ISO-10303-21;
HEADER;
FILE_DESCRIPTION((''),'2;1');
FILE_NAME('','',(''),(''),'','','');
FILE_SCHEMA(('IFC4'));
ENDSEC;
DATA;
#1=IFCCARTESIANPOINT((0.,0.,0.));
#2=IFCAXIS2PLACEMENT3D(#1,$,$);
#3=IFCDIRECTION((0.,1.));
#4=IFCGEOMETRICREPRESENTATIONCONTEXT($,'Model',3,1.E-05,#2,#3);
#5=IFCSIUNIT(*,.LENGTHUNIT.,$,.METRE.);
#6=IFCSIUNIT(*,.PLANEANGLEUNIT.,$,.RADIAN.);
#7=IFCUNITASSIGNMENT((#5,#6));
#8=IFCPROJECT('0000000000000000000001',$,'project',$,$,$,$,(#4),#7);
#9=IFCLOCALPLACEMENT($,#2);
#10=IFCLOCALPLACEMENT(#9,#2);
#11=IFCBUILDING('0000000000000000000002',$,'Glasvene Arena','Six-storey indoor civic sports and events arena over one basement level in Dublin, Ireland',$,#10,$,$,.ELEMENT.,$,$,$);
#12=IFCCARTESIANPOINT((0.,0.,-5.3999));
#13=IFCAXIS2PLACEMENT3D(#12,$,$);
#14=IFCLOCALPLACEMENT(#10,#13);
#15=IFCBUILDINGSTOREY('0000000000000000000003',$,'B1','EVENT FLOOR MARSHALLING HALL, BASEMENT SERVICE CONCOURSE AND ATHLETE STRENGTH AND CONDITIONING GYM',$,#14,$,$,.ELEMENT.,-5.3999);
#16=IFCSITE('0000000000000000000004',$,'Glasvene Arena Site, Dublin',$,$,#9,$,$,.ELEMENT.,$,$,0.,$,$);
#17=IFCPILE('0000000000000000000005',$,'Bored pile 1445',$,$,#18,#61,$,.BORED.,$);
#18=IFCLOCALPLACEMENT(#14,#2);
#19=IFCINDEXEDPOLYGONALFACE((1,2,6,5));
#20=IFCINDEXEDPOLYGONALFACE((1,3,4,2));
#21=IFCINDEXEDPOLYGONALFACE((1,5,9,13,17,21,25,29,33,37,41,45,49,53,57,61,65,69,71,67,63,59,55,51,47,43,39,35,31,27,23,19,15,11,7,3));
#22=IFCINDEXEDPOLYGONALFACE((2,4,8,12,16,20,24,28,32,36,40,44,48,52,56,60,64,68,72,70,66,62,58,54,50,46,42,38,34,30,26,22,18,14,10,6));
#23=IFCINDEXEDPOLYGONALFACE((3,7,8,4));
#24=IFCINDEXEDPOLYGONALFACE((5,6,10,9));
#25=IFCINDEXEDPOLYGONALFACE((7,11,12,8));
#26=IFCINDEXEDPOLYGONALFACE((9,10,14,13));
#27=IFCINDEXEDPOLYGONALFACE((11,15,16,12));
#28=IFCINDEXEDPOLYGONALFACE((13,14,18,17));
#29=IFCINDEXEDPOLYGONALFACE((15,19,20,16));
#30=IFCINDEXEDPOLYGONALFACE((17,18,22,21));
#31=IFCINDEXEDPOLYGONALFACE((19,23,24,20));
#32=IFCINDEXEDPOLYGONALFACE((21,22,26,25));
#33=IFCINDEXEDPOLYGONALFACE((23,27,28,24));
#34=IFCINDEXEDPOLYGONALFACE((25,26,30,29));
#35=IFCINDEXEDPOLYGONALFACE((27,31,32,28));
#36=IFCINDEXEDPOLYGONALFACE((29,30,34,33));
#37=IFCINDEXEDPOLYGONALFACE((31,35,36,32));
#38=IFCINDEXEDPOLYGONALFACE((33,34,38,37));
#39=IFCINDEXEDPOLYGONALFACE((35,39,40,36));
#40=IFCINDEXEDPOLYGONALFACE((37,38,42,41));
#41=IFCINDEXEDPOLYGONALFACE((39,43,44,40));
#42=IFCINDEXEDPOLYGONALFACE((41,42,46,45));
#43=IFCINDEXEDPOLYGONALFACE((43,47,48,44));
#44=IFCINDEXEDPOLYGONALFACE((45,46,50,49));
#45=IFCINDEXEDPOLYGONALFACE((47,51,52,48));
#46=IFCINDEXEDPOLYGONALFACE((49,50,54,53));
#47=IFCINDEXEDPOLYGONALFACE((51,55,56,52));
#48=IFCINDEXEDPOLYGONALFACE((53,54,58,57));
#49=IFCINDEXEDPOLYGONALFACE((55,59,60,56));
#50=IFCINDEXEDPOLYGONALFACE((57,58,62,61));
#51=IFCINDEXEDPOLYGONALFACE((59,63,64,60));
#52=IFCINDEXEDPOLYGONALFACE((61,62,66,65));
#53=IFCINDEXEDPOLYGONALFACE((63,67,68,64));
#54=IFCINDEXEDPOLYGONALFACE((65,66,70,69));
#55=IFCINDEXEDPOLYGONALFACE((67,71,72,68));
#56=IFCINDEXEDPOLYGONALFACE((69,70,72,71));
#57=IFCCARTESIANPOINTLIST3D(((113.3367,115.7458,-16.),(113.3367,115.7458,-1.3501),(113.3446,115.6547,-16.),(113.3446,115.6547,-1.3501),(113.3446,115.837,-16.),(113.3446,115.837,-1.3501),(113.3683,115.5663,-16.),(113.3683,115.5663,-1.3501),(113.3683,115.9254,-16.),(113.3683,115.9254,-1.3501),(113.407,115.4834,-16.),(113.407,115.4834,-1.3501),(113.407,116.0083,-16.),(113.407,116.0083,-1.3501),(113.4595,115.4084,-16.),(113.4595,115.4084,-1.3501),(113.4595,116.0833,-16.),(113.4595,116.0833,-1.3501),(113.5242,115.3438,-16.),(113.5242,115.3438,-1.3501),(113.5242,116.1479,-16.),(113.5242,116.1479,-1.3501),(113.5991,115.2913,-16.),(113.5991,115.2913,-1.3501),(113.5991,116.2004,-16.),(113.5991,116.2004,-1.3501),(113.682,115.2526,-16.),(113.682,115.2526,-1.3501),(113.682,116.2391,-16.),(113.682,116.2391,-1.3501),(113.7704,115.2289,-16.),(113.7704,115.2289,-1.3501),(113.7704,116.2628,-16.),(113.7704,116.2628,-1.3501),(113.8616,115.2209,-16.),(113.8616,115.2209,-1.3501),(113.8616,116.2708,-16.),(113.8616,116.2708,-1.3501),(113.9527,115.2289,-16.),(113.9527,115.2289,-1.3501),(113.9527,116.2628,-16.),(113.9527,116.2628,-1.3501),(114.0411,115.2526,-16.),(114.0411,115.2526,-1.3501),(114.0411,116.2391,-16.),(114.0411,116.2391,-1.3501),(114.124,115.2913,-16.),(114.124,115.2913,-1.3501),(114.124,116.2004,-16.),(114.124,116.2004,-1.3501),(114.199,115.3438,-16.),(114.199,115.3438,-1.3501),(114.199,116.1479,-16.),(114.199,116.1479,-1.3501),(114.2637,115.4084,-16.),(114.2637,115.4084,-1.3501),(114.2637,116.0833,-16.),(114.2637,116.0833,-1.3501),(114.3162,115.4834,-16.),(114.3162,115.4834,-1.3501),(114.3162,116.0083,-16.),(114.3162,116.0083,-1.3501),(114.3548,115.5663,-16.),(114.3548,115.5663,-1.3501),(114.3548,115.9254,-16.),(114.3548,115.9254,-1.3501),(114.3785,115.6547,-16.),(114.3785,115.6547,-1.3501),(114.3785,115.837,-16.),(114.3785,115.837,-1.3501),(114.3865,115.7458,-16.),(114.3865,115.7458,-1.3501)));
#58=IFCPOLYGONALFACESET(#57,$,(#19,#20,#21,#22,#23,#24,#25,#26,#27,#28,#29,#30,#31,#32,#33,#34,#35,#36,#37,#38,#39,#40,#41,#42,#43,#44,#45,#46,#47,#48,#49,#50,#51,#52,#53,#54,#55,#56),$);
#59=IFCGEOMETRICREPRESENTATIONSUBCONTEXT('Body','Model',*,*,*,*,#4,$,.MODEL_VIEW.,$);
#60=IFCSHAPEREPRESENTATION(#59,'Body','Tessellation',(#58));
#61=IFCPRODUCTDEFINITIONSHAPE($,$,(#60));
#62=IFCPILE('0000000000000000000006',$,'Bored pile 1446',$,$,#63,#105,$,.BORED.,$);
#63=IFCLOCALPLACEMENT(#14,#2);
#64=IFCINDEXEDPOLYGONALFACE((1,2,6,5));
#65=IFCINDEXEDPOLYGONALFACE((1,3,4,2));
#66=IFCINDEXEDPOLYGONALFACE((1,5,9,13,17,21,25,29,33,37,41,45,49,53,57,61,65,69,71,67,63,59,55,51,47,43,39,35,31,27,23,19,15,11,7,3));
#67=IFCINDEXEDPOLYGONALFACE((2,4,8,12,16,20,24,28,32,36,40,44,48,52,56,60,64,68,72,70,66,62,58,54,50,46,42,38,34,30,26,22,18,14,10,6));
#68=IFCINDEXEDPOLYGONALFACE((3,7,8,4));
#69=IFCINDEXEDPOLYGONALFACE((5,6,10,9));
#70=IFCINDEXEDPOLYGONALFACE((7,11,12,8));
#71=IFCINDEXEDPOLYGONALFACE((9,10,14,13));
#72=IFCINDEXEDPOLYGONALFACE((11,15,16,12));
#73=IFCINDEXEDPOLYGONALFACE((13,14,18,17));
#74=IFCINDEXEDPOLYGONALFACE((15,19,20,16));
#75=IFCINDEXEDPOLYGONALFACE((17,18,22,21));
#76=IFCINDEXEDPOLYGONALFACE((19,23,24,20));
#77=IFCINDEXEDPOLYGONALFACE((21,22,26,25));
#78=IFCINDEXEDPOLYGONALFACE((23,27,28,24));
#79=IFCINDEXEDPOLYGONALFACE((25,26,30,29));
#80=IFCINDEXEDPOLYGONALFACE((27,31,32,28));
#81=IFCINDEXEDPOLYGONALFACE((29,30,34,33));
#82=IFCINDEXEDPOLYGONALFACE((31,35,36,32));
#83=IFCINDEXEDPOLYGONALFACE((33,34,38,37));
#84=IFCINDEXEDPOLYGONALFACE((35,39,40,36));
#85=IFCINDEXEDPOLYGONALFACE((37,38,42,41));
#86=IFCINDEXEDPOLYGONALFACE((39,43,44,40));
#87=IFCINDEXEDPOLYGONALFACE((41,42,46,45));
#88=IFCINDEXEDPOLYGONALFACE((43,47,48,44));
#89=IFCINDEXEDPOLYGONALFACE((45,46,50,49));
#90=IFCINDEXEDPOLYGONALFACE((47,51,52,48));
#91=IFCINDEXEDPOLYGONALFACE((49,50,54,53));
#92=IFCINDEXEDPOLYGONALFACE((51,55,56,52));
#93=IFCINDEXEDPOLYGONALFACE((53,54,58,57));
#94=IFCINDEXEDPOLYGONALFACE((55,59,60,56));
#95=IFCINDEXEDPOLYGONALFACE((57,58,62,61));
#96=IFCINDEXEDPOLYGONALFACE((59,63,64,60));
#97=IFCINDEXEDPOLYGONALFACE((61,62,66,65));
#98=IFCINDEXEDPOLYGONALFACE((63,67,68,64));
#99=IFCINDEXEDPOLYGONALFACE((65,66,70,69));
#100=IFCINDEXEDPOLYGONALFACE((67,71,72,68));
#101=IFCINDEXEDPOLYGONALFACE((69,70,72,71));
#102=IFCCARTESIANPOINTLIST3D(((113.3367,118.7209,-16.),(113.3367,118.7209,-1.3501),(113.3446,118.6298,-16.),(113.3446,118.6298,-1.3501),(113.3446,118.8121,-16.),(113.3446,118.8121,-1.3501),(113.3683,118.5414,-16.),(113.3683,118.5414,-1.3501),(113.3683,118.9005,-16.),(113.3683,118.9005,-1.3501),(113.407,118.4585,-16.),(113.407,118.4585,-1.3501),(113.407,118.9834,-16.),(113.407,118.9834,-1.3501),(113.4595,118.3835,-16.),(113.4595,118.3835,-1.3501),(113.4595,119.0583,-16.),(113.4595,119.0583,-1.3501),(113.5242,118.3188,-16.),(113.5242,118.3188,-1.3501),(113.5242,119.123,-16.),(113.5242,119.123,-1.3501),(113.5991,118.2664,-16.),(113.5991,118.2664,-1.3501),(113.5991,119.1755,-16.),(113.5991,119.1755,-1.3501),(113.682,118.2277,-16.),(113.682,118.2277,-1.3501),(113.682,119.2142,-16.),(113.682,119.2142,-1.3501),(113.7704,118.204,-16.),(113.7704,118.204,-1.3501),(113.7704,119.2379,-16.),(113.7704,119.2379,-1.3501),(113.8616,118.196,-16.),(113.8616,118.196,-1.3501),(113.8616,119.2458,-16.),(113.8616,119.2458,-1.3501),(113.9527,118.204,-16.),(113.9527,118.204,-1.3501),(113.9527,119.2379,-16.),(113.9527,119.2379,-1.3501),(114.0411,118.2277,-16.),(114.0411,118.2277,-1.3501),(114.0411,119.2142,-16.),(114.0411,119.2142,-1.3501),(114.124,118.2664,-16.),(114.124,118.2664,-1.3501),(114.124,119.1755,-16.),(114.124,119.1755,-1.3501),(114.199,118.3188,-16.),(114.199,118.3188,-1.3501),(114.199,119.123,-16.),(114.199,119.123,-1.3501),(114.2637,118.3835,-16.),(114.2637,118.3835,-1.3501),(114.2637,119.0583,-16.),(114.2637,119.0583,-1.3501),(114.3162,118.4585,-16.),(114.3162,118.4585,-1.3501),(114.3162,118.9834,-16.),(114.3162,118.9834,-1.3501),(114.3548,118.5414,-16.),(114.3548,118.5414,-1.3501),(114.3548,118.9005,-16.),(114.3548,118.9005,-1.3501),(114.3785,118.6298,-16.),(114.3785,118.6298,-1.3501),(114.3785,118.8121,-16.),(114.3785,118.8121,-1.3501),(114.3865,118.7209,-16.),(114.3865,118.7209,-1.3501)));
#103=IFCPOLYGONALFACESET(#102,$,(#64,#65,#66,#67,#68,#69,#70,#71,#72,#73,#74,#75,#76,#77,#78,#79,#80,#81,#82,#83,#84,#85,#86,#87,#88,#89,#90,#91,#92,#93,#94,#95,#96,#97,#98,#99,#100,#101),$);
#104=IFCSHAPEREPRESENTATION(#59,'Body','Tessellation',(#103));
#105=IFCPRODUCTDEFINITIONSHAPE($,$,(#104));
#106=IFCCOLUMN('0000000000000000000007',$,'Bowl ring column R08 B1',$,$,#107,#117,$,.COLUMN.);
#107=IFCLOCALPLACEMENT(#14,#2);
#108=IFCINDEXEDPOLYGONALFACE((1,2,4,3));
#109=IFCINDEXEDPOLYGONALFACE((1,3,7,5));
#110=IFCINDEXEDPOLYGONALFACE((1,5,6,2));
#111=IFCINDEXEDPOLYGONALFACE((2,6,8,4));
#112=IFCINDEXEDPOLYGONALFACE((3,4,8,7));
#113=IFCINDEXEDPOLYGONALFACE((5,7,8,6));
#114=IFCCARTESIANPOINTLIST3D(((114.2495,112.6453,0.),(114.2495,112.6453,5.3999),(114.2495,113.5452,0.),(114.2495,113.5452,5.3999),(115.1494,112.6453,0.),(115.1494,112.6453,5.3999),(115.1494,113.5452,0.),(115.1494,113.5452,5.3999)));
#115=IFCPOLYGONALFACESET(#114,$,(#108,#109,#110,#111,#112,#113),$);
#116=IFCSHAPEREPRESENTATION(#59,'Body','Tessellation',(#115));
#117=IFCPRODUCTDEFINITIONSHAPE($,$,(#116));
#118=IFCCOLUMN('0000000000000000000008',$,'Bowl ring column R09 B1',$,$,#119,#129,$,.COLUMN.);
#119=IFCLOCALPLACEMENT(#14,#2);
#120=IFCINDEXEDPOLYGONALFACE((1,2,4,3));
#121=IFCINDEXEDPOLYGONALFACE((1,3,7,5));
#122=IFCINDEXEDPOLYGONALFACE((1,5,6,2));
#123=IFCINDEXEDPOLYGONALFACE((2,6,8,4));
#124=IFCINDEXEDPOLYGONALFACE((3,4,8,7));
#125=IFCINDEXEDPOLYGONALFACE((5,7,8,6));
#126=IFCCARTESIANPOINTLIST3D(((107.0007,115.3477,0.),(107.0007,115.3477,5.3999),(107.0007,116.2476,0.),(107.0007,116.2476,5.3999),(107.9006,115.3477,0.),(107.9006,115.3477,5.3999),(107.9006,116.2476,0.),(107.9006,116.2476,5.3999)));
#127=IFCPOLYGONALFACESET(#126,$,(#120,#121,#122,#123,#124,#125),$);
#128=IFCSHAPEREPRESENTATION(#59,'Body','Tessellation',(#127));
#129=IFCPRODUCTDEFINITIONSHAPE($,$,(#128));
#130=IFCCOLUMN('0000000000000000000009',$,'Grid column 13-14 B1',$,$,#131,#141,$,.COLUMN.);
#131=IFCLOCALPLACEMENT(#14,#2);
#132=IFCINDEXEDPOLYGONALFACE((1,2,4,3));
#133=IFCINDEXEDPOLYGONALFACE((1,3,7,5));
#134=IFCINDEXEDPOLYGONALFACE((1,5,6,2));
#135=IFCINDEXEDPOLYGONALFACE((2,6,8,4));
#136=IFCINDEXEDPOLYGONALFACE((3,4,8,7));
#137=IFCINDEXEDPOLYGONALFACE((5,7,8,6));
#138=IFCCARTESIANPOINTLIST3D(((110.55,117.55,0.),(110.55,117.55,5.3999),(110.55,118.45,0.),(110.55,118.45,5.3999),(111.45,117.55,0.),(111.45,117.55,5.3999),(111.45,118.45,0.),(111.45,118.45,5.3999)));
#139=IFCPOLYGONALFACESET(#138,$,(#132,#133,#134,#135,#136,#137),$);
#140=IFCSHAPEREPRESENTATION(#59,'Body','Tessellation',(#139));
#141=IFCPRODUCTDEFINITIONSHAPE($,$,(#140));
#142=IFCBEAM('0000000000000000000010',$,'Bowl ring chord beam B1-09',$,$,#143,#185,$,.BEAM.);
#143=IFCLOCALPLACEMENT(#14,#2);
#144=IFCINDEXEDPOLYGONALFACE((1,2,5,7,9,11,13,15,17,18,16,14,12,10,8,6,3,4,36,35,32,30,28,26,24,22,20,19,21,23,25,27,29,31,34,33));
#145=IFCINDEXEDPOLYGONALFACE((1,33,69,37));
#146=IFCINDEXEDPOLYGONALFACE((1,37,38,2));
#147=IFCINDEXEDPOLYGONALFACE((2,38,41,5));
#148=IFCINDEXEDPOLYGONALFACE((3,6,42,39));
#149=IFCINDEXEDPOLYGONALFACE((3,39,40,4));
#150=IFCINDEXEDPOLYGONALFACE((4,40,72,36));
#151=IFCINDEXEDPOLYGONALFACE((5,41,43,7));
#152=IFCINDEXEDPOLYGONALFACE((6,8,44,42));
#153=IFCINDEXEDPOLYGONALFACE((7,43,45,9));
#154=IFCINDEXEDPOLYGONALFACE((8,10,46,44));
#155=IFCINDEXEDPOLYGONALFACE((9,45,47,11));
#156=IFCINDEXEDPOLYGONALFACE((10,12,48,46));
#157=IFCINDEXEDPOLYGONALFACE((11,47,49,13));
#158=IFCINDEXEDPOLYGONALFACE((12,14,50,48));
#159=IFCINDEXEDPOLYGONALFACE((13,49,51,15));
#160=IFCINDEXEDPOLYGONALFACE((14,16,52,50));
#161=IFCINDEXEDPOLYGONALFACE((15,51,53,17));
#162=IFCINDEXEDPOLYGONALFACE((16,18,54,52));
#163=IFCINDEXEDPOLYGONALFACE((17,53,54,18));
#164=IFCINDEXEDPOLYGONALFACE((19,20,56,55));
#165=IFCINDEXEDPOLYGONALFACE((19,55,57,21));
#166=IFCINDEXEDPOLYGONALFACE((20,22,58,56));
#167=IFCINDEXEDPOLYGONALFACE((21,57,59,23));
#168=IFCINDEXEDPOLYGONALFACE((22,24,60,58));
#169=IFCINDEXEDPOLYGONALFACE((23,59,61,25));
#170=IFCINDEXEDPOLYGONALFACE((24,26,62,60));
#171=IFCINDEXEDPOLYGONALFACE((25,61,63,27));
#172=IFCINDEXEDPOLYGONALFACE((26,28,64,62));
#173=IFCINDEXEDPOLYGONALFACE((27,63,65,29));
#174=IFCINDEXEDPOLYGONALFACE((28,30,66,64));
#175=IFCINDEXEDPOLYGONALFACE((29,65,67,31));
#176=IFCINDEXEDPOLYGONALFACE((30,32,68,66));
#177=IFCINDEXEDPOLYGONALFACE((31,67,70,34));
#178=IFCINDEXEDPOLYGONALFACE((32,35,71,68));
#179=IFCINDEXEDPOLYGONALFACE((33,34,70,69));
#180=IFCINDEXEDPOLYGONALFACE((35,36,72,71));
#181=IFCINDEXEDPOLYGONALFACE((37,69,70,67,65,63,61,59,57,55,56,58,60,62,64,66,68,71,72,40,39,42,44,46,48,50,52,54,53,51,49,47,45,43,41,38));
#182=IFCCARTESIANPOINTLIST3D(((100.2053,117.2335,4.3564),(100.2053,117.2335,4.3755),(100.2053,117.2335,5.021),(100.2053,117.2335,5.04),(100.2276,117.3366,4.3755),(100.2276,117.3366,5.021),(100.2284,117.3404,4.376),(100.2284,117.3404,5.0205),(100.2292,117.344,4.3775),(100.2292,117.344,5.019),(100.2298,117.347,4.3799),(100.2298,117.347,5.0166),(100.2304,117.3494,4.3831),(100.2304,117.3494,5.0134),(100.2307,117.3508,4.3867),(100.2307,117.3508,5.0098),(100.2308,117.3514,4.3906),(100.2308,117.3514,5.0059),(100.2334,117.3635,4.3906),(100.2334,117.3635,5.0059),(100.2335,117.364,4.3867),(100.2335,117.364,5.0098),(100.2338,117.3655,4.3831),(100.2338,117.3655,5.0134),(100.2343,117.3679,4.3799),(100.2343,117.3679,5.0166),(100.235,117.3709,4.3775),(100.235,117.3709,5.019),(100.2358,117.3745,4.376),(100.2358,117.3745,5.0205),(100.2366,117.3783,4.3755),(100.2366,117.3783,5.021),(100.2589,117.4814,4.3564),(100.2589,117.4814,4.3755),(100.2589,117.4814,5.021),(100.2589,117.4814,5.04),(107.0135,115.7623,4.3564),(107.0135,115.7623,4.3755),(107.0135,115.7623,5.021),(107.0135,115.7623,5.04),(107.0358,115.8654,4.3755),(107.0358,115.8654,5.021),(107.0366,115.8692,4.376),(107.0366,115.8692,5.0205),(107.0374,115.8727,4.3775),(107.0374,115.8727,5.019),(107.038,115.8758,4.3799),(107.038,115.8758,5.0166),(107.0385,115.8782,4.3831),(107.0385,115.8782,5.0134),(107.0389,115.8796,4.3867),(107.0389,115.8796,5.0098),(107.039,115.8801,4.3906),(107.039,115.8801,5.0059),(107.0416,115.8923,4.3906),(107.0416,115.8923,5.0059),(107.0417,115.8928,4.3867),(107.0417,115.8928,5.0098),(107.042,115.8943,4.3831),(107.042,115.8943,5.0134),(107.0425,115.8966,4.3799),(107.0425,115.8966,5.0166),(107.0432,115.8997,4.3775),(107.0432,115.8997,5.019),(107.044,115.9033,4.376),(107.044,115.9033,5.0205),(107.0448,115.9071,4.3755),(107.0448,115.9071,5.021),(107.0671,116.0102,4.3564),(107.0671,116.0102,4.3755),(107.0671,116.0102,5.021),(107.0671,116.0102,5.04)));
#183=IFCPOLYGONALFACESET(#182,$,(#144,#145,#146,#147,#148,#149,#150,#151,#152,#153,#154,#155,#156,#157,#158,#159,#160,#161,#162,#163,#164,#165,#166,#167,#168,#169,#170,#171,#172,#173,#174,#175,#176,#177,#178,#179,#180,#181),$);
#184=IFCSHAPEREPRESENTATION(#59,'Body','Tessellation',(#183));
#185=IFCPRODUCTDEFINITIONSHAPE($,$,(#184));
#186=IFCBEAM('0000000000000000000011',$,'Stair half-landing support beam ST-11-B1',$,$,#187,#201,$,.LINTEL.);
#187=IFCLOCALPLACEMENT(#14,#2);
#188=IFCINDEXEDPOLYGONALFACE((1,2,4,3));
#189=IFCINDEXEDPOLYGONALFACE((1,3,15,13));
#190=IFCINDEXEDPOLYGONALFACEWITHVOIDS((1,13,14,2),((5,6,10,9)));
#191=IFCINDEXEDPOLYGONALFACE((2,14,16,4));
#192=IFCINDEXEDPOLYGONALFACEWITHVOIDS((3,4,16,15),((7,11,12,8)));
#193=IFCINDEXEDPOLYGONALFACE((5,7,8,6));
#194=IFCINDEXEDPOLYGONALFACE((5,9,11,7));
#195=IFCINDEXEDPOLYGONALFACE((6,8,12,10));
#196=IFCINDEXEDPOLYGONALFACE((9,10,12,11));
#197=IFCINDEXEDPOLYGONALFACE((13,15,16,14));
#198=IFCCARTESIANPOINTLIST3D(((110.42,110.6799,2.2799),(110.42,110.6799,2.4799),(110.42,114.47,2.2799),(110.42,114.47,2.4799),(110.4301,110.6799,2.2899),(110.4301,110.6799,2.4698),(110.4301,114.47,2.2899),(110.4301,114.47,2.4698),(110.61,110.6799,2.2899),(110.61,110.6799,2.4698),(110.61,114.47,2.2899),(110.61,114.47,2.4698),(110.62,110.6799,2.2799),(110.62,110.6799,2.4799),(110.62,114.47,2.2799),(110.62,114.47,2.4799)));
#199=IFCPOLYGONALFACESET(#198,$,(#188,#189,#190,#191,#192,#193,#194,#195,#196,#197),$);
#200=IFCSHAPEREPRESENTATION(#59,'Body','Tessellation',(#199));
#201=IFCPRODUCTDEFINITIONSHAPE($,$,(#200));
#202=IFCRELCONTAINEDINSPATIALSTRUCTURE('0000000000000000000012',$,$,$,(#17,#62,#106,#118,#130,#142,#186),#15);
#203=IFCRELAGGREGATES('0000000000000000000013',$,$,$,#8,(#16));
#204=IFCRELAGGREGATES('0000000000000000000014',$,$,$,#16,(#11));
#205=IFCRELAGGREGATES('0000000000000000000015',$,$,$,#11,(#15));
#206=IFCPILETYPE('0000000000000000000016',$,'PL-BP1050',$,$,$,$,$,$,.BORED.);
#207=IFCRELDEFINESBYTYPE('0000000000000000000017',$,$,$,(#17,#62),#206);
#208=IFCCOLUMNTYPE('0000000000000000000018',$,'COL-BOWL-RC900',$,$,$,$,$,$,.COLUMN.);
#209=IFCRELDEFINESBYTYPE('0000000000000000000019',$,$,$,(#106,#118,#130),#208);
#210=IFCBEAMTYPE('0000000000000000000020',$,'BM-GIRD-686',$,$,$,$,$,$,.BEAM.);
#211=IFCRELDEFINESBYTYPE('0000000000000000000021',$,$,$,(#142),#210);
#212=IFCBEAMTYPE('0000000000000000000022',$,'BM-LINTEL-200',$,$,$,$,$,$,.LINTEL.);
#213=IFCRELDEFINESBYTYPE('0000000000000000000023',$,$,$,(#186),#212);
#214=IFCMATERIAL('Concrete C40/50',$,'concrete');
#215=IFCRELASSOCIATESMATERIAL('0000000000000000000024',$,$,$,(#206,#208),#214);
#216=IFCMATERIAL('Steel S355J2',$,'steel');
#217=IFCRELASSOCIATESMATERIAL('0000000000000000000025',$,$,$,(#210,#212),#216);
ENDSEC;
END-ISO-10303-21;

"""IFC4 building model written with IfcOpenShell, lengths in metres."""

from ifc_helpers import new_model, si_unit, direction, frame, origin, origin_2d, place, context, subcontext, project, spatial, rectangle, hollow_rectangle, circle, i_section, extrude, material, material_profile, profile_set, type_object, element, save


model = new_model("IFC4")

# Units and contexts
model_context = context("Model", 3, precision=1e-05, world=origin(), true_north=direction((0.0, 1.0)))
body_context = subcontext(model_context, "Body", "Model", "MODEL_VIEW")
ifc_project = project(units=[si_unit("LENGTHUNIT", "METRE"), si_unit("PLANEANGLEUNIT", "RADIAN")], contexts=[model_context])

# Site, building, storey
site_placement = place(None, origin())
site = spatial("IfcSite", under=ifc_project, at=site_placement, Name="Glasvene Arena Site, Dublin", CompositionType="ELEMENT", RefElevation=0.0)
building_placement = place(site_placement, origin())
building = spatial("IfcBuilding", under=site, at=building_placement, Name="Glasvene Arena", Description="Six-storey indoor civic sports and events arena over one basement level in Dublin, Ireland", CompositionType="ELEMENT")
storey_placement = place(building_placement, frame((0.0, 0.0, -5.3999)))
storey = spatial("IfcBuildingStorey", under=building, at=storey_placement, Name="B1", Description="EVENT FLOOR MARSHALLING HALL, BASEMENT SERVICE CONCOURSE AND ATHLETE STRENGTH AND CONDITIONING GYM", CompositionType="ELEMENT", Elevation=-5.3999)

# Piles
ifc_material_1 = material(Name="Concrete C40/50", Category="concrete")
ifc_material_profile_1 = material_profile(ifc_material_1, circle(Radius=0.5249, at=origin_2d()), Name="BORED PILE 1050")
ifc_profile_set_1 = profile_set([ifc_material_profile_1], Name="Concrete C40/50")
pile_type = type_object("IfcPileType", Name="PL-BP1050", PredefinedType="BORED", material=ifc_profile_set_1)
for number, where, z_axis, x_axis, name in (
    (1, (113.8616, 115.7458, -1.3501), (0.0, 0.0, -1.0), (1.0, 0.0, 0.0), "Bored pile 1445"),
    (2, (113.8616, 118.7209, -1.3501), (0.0, 0.0, -1.0), (1.0, 0.0, 0.0), "Bored pile 1446"),
):
    element("IfcPile", number, at=place(storey_placement, frame(where, z_axis=z_axis, x_axis=x_axis)), inside=storey, type_object=pile_type, Name=name, PredefinedType="BORED", context=body_context, shape_type="SweptSolid", body=[
        extrude(circle(Radius=0.5249, at=origin_2d()), origin(), (0.0, 0.0, 1.0), 14.6499),
    ])

# Columns
ifc_material_profile_2 = material_profile(ifc_material_1, rectangle(XDim=0.8999, YDim=0.8999, at=origin_2d()), Name="RC 900x900")
ifc_profile_set_2 = profile_set([ifc_material_profile_2], Name="Concrete C40/50")
column_type = type_object("IfcColumnType", Name="COL-BOWL-RC900", PredefinedType="COLUMN", material=ifc_profile_set_2)
for number, where, z_axis, x_axis, name in (
    (3, (114.6995, 113.0952, 0.0), (0.0, 0.0, 1.0), (1.0, 0.0, 0.0), "Bowl ring column R08 B1"),
    (4, (107.4507, 115.7976, 0.0), (0.0, 0.0, 1.0), (1.0, 0.0, 0.0), "Bowl ring column R09 B1"),
    (5, (111.0, 118.0, 0.0), (0.0, 0.0, 1.0), (1.0, 0.0, 0.0), "Grid column 13-14 B1"),
):
    element("IfcColumn", number, at=place(storey_placement, frame(where, z_axis=z_axis, x_axis=x_axis)), inside=storey, type_object=column_type, Name=name, PredefinedType="COLUMN", context=body_context, shape_type="SweptSolid", body=[
        extrude(rectangle(XDim=0.8999, YDim=0.8999, at=origin_2d()), origin(), (0.0, 0.0, 1.0), 5.3999),
    ])

# Beams
ifc_material_2 = material(Name="Steel S355J2", Category="steel")
ifc_material_profile_3 = material_profile(ifc_material_2, i_section(OverallWidth=0.2537, OverallDepth=0.6836, WebThickness=0.0125, FlangeThickness=0.019, FilletRadius=0.0151, at=origin_2d()), Name="UKB 686x254x140")
ifc_profile_set_3 = profile_set([ifc_material_profile_3], Name="Steel S355J2")
beam_type_1 = type_object("IfcBeamType", Name="BM-GIRD-686", PredefinedType="BEAM", material=ifc_profile_set_3)
beam_1_placement = place(storey_placement, frame((107.0403, 115.8862, 4.6982), z_axis=(-0.977439, 0.211219, 0.0), x_axis=(-0.211219, -0.977439, 0.0)))
element("IfcBeam", 6, at=beam_1_placement, inside=storey, type_object=beam_type_1, Name="Bowl ring chord beam B1-09", PredefinedType="BEAM", context=body_context, shape_type="SweptSolid", body=[
    extrude(i_section(OverallWidth=0.2537, OverallDepth=0.6836, WebThickness=0.0125, FlangeThickness=0.019, FilletRadius=0.0151, at=origin_2d()), origin(), (0.0, 0.0, 1.0), 6.9653),
])
ifc_material_profile_4 = material_profile(ifc_material_2, hollow_rectangle(XDim=0.2, YDim=0.2, WallThickness=0.01, at=origin_2d()), Name="SHS 200x200x10.0")
ifc_profile_set_4 = profile_set([ifc_material_profile_4], Name="Steel S355J2")
beam_type_2 = type_object("IfcBeamType", Name="BM-LINTEL-200", PredefinedType="LINTEL", material=ifc_profile_set_4)
beam_2_placement = place(storey_placement, frame((110.52, 110.6799, 2.3799), z_axis=(0.0, 1.0, 0.0), x_axis=(-1.0, 0.0, 0.0)))
element("IfcBeam", 7, at=beam_2_placement, inside=storey, type_object=beam_type_2, Name="Stair half-landing support beam ST-11-B1", PredefinedType="LINTEL", context=body_context, shape_type="SweptSolid", body=[
    extrude(hollow_rectangle(XDim=0.2, YDim=0.2, WallThickness=0.01, at=origin_2d()), origin(), (0.0, 0.0, 1.0), 3.79),
])

save(model, "model.ifc")
